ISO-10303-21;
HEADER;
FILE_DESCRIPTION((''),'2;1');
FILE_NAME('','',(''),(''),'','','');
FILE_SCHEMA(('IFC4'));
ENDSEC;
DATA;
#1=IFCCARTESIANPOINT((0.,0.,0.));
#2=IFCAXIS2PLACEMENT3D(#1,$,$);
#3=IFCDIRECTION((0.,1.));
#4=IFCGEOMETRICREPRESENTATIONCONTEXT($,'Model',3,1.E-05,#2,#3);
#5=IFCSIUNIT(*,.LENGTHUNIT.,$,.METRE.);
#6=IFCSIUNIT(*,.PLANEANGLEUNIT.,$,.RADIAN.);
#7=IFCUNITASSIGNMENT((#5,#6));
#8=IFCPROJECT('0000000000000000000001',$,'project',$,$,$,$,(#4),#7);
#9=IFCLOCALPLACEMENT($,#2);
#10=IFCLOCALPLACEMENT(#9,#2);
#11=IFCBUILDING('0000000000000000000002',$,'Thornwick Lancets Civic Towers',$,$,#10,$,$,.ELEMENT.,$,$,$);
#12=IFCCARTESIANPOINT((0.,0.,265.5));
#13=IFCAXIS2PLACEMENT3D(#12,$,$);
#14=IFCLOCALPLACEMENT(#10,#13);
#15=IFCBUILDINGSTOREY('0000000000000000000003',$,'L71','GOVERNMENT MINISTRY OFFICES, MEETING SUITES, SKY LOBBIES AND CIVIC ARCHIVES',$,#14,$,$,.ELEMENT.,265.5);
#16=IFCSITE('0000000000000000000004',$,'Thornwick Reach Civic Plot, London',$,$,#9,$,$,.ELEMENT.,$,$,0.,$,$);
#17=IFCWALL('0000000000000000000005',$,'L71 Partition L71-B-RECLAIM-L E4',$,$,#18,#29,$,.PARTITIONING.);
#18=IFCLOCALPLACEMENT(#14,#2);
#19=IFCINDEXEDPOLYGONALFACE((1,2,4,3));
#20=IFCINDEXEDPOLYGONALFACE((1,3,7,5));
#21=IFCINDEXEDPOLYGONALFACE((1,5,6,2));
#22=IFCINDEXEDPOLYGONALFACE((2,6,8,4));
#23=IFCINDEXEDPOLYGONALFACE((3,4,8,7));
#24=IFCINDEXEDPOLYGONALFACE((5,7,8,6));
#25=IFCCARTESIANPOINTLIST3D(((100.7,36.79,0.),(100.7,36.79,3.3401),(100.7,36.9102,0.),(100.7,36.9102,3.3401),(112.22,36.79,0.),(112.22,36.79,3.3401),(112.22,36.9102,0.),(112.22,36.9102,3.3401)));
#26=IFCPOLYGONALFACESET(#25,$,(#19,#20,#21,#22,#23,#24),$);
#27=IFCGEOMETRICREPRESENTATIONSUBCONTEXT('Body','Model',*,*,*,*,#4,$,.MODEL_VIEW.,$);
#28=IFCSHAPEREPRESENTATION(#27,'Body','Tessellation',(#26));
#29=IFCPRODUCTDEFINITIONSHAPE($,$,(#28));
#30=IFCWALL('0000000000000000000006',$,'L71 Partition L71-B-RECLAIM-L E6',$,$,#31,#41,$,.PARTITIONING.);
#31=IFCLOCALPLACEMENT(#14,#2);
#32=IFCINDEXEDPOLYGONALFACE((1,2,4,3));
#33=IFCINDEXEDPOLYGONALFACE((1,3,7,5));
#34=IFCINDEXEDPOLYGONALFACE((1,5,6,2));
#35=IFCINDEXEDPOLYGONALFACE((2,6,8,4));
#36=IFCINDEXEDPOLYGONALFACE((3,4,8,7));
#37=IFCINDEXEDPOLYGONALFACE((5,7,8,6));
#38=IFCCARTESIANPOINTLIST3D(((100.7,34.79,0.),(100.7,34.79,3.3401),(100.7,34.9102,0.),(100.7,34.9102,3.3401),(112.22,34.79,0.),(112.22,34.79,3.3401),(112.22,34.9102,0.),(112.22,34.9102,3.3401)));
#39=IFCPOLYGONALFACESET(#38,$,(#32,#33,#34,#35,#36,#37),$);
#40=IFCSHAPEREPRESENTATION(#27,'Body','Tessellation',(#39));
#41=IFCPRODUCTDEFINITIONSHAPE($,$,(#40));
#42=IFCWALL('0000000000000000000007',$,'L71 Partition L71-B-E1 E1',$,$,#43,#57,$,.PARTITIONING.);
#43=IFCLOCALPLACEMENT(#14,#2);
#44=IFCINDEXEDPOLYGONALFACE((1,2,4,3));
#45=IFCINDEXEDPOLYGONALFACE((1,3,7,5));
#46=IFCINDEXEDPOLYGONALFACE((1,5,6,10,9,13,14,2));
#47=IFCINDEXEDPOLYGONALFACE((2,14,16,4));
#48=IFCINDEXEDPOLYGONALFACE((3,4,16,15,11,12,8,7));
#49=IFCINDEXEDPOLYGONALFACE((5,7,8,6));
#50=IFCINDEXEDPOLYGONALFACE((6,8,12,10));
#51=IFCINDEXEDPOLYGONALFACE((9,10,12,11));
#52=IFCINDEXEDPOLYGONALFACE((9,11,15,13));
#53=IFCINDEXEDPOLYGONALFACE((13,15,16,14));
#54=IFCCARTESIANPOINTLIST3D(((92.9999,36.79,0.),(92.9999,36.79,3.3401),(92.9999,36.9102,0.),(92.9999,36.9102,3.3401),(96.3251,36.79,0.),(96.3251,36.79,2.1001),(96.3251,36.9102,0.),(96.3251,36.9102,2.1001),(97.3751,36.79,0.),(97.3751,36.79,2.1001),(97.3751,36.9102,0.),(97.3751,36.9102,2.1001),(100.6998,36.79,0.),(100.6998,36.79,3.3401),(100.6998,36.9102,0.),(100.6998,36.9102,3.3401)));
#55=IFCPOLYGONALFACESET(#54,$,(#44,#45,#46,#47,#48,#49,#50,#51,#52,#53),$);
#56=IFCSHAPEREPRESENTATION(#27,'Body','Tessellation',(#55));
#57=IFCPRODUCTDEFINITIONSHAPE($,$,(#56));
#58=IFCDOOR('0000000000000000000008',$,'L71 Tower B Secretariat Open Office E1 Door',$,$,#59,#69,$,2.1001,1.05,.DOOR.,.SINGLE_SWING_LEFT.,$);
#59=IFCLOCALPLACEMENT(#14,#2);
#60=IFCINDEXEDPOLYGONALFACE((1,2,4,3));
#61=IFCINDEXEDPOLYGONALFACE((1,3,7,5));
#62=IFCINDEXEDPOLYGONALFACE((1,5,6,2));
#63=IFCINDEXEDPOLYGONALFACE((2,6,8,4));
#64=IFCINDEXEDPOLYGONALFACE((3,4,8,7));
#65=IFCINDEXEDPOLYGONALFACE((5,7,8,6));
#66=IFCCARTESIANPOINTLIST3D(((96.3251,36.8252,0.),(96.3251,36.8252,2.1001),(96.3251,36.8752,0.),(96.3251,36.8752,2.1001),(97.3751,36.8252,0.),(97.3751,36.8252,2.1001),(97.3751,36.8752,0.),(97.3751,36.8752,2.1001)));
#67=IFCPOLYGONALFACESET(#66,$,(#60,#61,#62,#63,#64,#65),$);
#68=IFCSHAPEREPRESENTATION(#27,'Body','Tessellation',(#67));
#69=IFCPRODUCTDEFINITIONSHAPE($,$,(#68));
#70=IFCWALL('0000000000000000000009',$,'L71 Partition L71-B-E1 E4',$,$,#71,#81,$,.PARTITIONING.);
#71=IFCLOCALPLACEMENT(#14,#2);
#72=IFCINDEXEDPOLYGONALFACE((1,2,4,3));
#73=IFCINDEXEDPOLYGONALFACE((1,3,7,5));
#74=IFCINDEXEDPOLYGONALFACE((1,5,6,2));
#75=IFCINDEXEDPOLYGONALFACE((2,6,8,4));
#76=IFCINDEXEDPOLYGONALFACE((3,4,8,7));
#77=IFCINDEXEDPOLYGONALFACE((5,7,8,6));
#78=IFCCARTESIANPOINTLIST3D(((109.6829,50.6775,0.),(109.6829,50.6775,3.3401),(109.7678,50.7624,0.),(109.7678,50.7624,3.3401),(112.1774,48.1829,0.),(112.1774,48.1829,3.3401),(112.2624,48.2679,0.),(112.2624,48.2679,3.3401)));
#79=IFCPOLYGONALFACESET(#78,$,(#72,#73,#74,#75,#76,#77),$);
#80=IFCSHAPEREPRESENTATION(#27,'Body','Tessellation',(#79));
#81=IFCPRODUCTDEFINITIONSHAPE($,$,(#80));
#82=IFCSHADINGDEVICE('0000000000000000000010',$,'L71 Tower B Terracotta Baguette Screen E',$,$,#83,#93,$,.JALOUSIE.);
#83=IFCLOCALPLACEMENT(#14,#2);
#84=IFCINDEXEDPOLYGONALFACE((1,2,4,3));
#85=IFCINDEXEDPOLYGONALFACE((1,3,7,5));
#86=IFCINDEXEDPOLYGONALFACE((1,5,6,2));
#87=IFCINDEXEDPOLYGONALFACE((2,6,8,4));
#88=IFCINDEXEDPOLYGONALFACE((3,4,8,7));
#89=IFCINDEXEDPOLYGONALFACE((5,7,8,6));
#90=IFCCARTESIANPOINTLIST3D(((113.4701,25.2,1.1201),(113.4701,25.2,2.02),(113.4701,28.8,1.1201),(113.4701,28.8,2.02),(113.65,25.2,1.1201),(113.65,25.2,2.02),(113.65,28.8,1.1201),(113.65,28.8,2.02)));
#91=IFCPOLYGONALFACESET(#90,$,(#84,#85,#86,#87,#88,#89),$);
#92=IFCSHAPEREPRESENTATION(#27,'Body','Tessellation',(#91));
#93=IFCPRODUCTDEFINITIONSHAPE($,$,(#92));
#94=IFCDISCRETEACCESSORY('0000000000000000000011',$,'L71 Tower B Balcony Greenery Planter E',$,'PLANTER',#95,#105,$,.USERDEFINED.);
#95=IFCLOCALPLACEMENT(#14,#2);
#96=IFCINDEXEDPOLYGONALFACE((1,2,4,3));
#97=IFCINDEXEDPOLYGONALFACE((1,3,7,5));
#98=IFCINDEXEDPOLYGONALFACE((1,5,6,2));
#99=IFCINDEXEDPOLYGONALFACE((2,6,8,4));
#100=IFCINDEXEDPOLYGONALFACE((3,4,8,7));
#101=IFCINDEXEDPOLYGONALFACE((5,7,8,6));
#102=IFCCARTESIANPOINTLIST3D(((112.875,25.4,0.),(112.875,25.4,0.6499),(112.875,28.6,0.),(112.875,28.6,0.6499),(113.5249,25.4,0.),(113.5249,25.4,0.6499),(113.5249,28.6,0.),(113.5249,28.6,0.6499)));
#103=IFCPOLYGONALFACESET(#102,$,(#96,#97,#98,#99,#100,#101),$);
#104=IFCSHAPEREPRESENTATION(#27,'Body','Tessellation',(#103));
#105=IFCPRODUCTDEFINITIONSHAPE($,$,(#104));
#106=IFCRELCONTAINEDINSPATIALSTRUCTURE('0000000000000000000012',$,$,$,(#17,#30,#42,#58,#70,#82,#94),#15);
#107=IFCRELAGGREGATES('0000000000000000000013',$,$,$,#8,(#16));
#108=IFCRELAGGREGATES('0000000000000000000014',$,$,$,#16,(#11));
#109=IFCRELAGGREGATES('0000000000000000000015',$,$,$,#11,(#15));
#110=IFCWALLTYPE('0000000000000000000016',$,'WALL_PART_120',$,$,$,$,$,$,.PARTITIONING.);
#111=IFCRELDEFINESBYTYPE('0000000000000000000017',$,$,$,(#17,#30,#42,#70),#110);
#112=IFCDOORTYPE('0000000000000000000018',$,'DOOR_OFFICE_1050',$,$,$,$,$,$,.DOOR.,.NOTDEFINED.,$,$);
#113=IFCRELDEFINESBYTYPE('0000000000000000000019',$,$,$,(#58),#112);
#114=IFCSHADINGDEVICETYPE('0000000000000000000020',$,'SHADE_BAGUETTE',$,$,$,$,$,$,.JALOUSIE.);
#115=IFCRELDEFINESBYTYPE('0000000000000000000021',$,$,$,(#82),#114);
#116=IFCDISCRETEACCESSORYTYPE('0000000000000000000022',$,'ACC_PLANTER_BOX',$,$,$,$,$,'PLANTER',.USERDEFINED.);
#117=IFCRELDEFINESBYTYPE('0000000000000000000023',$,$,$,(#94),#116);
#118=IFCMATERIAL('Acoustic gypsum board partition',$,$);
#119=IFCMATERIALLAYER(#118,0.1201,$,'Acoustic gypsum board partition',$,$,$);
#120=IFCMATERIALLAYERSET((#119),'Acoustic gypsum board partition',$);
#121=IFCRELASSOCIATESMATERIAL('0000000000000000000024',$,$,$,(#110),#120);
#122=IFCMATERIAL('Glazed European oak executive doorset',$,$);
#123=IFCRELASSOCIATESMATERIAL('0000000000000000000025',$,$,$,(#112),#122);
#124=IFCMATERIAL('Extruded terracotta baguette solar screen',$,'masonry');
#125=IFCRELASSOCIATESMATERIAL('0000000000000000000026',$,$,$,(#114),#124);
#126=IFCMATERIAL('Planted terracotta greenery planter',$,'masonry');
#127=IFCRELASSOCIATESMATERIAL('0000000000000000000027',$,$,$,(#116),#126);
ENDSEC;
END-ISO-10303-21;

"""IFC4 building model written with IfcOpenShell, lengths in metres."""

from ifc_helpers import new_model, si_unit, direction, frame, frame_2d, origin, origin_2d, place, context, subcontext, project, spatial, rectangle, extrude, material, layer, layer_set, type_object, element, fill, save


model = new_model("IFC4")

# Units and contexts
model_context = context("Model", 3, precision=1e-05, world=origin(), true_north=direction((0.0, 1.0)))
body_context = subcontext(model_context, "Body", "Model", "MODEL_VIEW")
ifc_project = project(units=[si_unit("LENGTHUNIT", "METRE"), si_unit("PLANEANGLEUNIT", "RADIAN")], contexts=[model_context])

# Site, building, storey
site_placement = place(None, origin())
site = spatial("IfcSite", under=ifc_project, at=site_placement, Name="Thornwick Reach Civic Plot, London", CompositionType="ELEMENT", RefElevation=0.0)
building_placement = place(site_placement, origin())
building = spatial("IfcBuilding", under=site, at=building_placement, Name="Thornwick Lancets Civic Towers", CompositionType="ELEMENT")
storey_placement = place(building_placement, frame((0.0, 0.0, 265.5)))
storey = spatial("IfcBuildingStorey", under=building, at=storey_placement, Name="L71", Description="GOVERNMENT MINISTRY OFFICES, MEETING SUITES, SKY LOBBIES AND CIVIC ARCHIVES", CompositionType="ELEMENT", Elevation=265.5)

# Walls
ifc_material_1 = material(Name="Acoustic gypsum board partition")
ifc_layer_1 = layer(ifc_material_1, 0.1201, Name="Acoustic gypsum board partition")
ifc_layer_set_1 = layer_set([ifc_layer_1], Name="Acoustic gypsum board partition")
wall_type_1 = type_object("IfcWallType", Name="WALL_PART_120", PredefinedType="PARTITIONING", material=ifc_layer_set_1)
for number, where, z_axis, x_axis, name in (
    (1, (100.7, 36.8501, 0.0), (0.0, 0.0, 1.0), (1.0, 0.0, 0.0), "L71 Partition L71-B-RECLAIM-L E4"),
    (2, (112.22, 34.8501, 0.0), (0.0, 0.0, 1.0), (-1.0, 0.0, 0.0), "L71 Partition L71-B-RECLAIM-L E6"),
):
    element("IfcWall", number, at=place(storey_placement, frame(where, z_axis=z_axis, x_axis=x_axis)), inside=storey, type_object=wall_type_1, Name=name, PredefinedType="PARTITIONING", context=body_context, shape_type="SweptSolid", body=[
        extrude(rectangle(XDim=11.52, YDim=0.1201, at=frame_2d((5.76, 0.0))), origin(), (0.0, 0.0, 1.0), 3.3401),
    ])

# Wall, opening, door
wall_1_placement = place(storey_placement, frame((100.7, 36.8501, 0.0), z_axis=(0.0, 0.0, 1.0), x_axis=(-1.0, 0.0, 0.0)))
wall_1 = element("IfcWall", 3, at=wall_1_placement, inside=storey, type_object=wall_type_1, Name="L71 Partition L71-B-E1 E1", PredefinedType="PARTITIONING", context=body_context, shape_type="SweptSolid", body=[
    extrude(rectangle(XDim=7.7, YDim=0.1201, at=frame_2d((3.8501, 0.0))), origin(), (0.0, 0.0, 1.0), 3.3401),
])
opening_1_placement = place(wall_1_placement, frame((3.325, 0.0, 0.0)))
opening_1 = element("IfcOpeningElement", 4, at=opening_1_placement, cuts=wall_1, PredefinedType="OPENING", context=body_context, shape_type="SweptSolid", body=[
    extrude(rectangle(XDim=1.05, YDim=2.1001, at=frame_2d((0.5249, 1.05))), frame((0.0, 0.0701, 0.0), z_axis=(0.0, -1.0, 0.0), x_axis=(1.0, 0.0, 0.0)), (0.0, 0.0, 1.0), 0.1401),
])
ifc_material_2 = material(Name="Glazed European oak executive doorset")
door_type = type_object("IfcDoorType", Name="DOOR_OFFICE_1050", OperationType="NOTDEFINED", PredefinedType="DOOR", material=ifc_material_2)
door_placement = place(opening_1_placement, origin())
door = element("IfcDoor", 5, at=door_placement, inside=storey, type_object=door_type, Name="L71 Tower B Secretariat Open Office E1 Door", OperationType="SINGLE_SWING_LEFT", OverallHeight=2.1001, OverallWidth=1.05, PredefinedType="DOOR", context=body_context, shape_type="SweptSolid", body=[
    extrude(rectangle(XDim=1.05, YDim=2.1001, at=frame_2d((0.5249, 1.05))), frame((0.0, 0.0249, 0.0), z_axis=(0.0, -1.0, 0.0), x_axis=(1.0, 0.0, 0.0)), (0.0, 0.0, 1.0), 0.05),
])
fill(opening_1, door)

# Wall
wall_2_placement = place(storey_placement, frame((109.7253, 50.72, 0.0), z_axis=(0.0, 0.0, 1.0), x_axis=(0.707107, -0.707107, 0.0)))
element("IfcWall", 6, at=wall_2_placement, inside=storey, type_object=wall_type_1, Name="L71 Partition L71-B-E1 E4", PredefinedType="PARTITIONING", context=body_context, shape_type="SweptSolid", body=[
    extrude(rectangle(XDim=3.5278, YDim=0.1201, at=frame_2d((1.7639, 0.0))), origin(), (0.0, 0.0, 1.0), 3.3401),
])

# Shading device
ifc_material_3 = material(Name="Extruded terracotta baguette solar screen", Category="masonry")
shading_device_type = type_object("IfcShadingDeviceType", Name="SHADE_BAGUETTE", PredefinedType="JALOUSIE", material=ifc_material_3)
shading_device_placement = place(storey_placement, frame((113.5601, 27.0, 1.1201), z_axis=(0.0, 0.0, 1.0), x_axis=(0.0, 1.0, 0.0)))
element("IfcShadingDevice", 7, at=shading_device_placement, inside=storey, type_object=shading_device_type, Name="L71 Tower B Terracotta Baguette Screen E", PredefinedType="JALOUSIE", context=body_context, shape_type="SweptSolid", body=[
    extrude(rectangle(XDim=3.6001, YDim=0.1799, at=origin_2d()), origin(), (0.0, 0.0, 1.0), 0.8999),
])

# Discrete accessory
ifc_material_4 = material(Name="Planted terracotta greenery planter", Category="masonry")
discrete_accessory_type = type_object("IfcDiscreteAccessoryType", Name="ACC_PLANTER_BOX", ElementType="PLANTER", PredefinedType="USERDEFINED", material=ifc_material_4)
discrete_accessory_placement = place(storey_placement, frame((113.2, 27.0, 0.0), z_axis=(0.0, 0.0, 1.0), x_axis=(1.0, 0.0, 0.0)))
element("IfcDiscreteAccessory", 8, at=discrete_accessory_placement, inside=storey, type_object=discrete_accessory_type, Name="L71 Tower B Balcony Greenery Planter E", ObjectType="PLANTER", PredefinedType="USERDEFINED", context=body_context, shape_type="SweptSolid", body=[
    extrude(rectangle(XDim=0.6499, YDim=3.2, at=origin_2d()), origin(), (0.0, 0.0, 1.0), 0.6499),
])

save(model, "model.ifc")
